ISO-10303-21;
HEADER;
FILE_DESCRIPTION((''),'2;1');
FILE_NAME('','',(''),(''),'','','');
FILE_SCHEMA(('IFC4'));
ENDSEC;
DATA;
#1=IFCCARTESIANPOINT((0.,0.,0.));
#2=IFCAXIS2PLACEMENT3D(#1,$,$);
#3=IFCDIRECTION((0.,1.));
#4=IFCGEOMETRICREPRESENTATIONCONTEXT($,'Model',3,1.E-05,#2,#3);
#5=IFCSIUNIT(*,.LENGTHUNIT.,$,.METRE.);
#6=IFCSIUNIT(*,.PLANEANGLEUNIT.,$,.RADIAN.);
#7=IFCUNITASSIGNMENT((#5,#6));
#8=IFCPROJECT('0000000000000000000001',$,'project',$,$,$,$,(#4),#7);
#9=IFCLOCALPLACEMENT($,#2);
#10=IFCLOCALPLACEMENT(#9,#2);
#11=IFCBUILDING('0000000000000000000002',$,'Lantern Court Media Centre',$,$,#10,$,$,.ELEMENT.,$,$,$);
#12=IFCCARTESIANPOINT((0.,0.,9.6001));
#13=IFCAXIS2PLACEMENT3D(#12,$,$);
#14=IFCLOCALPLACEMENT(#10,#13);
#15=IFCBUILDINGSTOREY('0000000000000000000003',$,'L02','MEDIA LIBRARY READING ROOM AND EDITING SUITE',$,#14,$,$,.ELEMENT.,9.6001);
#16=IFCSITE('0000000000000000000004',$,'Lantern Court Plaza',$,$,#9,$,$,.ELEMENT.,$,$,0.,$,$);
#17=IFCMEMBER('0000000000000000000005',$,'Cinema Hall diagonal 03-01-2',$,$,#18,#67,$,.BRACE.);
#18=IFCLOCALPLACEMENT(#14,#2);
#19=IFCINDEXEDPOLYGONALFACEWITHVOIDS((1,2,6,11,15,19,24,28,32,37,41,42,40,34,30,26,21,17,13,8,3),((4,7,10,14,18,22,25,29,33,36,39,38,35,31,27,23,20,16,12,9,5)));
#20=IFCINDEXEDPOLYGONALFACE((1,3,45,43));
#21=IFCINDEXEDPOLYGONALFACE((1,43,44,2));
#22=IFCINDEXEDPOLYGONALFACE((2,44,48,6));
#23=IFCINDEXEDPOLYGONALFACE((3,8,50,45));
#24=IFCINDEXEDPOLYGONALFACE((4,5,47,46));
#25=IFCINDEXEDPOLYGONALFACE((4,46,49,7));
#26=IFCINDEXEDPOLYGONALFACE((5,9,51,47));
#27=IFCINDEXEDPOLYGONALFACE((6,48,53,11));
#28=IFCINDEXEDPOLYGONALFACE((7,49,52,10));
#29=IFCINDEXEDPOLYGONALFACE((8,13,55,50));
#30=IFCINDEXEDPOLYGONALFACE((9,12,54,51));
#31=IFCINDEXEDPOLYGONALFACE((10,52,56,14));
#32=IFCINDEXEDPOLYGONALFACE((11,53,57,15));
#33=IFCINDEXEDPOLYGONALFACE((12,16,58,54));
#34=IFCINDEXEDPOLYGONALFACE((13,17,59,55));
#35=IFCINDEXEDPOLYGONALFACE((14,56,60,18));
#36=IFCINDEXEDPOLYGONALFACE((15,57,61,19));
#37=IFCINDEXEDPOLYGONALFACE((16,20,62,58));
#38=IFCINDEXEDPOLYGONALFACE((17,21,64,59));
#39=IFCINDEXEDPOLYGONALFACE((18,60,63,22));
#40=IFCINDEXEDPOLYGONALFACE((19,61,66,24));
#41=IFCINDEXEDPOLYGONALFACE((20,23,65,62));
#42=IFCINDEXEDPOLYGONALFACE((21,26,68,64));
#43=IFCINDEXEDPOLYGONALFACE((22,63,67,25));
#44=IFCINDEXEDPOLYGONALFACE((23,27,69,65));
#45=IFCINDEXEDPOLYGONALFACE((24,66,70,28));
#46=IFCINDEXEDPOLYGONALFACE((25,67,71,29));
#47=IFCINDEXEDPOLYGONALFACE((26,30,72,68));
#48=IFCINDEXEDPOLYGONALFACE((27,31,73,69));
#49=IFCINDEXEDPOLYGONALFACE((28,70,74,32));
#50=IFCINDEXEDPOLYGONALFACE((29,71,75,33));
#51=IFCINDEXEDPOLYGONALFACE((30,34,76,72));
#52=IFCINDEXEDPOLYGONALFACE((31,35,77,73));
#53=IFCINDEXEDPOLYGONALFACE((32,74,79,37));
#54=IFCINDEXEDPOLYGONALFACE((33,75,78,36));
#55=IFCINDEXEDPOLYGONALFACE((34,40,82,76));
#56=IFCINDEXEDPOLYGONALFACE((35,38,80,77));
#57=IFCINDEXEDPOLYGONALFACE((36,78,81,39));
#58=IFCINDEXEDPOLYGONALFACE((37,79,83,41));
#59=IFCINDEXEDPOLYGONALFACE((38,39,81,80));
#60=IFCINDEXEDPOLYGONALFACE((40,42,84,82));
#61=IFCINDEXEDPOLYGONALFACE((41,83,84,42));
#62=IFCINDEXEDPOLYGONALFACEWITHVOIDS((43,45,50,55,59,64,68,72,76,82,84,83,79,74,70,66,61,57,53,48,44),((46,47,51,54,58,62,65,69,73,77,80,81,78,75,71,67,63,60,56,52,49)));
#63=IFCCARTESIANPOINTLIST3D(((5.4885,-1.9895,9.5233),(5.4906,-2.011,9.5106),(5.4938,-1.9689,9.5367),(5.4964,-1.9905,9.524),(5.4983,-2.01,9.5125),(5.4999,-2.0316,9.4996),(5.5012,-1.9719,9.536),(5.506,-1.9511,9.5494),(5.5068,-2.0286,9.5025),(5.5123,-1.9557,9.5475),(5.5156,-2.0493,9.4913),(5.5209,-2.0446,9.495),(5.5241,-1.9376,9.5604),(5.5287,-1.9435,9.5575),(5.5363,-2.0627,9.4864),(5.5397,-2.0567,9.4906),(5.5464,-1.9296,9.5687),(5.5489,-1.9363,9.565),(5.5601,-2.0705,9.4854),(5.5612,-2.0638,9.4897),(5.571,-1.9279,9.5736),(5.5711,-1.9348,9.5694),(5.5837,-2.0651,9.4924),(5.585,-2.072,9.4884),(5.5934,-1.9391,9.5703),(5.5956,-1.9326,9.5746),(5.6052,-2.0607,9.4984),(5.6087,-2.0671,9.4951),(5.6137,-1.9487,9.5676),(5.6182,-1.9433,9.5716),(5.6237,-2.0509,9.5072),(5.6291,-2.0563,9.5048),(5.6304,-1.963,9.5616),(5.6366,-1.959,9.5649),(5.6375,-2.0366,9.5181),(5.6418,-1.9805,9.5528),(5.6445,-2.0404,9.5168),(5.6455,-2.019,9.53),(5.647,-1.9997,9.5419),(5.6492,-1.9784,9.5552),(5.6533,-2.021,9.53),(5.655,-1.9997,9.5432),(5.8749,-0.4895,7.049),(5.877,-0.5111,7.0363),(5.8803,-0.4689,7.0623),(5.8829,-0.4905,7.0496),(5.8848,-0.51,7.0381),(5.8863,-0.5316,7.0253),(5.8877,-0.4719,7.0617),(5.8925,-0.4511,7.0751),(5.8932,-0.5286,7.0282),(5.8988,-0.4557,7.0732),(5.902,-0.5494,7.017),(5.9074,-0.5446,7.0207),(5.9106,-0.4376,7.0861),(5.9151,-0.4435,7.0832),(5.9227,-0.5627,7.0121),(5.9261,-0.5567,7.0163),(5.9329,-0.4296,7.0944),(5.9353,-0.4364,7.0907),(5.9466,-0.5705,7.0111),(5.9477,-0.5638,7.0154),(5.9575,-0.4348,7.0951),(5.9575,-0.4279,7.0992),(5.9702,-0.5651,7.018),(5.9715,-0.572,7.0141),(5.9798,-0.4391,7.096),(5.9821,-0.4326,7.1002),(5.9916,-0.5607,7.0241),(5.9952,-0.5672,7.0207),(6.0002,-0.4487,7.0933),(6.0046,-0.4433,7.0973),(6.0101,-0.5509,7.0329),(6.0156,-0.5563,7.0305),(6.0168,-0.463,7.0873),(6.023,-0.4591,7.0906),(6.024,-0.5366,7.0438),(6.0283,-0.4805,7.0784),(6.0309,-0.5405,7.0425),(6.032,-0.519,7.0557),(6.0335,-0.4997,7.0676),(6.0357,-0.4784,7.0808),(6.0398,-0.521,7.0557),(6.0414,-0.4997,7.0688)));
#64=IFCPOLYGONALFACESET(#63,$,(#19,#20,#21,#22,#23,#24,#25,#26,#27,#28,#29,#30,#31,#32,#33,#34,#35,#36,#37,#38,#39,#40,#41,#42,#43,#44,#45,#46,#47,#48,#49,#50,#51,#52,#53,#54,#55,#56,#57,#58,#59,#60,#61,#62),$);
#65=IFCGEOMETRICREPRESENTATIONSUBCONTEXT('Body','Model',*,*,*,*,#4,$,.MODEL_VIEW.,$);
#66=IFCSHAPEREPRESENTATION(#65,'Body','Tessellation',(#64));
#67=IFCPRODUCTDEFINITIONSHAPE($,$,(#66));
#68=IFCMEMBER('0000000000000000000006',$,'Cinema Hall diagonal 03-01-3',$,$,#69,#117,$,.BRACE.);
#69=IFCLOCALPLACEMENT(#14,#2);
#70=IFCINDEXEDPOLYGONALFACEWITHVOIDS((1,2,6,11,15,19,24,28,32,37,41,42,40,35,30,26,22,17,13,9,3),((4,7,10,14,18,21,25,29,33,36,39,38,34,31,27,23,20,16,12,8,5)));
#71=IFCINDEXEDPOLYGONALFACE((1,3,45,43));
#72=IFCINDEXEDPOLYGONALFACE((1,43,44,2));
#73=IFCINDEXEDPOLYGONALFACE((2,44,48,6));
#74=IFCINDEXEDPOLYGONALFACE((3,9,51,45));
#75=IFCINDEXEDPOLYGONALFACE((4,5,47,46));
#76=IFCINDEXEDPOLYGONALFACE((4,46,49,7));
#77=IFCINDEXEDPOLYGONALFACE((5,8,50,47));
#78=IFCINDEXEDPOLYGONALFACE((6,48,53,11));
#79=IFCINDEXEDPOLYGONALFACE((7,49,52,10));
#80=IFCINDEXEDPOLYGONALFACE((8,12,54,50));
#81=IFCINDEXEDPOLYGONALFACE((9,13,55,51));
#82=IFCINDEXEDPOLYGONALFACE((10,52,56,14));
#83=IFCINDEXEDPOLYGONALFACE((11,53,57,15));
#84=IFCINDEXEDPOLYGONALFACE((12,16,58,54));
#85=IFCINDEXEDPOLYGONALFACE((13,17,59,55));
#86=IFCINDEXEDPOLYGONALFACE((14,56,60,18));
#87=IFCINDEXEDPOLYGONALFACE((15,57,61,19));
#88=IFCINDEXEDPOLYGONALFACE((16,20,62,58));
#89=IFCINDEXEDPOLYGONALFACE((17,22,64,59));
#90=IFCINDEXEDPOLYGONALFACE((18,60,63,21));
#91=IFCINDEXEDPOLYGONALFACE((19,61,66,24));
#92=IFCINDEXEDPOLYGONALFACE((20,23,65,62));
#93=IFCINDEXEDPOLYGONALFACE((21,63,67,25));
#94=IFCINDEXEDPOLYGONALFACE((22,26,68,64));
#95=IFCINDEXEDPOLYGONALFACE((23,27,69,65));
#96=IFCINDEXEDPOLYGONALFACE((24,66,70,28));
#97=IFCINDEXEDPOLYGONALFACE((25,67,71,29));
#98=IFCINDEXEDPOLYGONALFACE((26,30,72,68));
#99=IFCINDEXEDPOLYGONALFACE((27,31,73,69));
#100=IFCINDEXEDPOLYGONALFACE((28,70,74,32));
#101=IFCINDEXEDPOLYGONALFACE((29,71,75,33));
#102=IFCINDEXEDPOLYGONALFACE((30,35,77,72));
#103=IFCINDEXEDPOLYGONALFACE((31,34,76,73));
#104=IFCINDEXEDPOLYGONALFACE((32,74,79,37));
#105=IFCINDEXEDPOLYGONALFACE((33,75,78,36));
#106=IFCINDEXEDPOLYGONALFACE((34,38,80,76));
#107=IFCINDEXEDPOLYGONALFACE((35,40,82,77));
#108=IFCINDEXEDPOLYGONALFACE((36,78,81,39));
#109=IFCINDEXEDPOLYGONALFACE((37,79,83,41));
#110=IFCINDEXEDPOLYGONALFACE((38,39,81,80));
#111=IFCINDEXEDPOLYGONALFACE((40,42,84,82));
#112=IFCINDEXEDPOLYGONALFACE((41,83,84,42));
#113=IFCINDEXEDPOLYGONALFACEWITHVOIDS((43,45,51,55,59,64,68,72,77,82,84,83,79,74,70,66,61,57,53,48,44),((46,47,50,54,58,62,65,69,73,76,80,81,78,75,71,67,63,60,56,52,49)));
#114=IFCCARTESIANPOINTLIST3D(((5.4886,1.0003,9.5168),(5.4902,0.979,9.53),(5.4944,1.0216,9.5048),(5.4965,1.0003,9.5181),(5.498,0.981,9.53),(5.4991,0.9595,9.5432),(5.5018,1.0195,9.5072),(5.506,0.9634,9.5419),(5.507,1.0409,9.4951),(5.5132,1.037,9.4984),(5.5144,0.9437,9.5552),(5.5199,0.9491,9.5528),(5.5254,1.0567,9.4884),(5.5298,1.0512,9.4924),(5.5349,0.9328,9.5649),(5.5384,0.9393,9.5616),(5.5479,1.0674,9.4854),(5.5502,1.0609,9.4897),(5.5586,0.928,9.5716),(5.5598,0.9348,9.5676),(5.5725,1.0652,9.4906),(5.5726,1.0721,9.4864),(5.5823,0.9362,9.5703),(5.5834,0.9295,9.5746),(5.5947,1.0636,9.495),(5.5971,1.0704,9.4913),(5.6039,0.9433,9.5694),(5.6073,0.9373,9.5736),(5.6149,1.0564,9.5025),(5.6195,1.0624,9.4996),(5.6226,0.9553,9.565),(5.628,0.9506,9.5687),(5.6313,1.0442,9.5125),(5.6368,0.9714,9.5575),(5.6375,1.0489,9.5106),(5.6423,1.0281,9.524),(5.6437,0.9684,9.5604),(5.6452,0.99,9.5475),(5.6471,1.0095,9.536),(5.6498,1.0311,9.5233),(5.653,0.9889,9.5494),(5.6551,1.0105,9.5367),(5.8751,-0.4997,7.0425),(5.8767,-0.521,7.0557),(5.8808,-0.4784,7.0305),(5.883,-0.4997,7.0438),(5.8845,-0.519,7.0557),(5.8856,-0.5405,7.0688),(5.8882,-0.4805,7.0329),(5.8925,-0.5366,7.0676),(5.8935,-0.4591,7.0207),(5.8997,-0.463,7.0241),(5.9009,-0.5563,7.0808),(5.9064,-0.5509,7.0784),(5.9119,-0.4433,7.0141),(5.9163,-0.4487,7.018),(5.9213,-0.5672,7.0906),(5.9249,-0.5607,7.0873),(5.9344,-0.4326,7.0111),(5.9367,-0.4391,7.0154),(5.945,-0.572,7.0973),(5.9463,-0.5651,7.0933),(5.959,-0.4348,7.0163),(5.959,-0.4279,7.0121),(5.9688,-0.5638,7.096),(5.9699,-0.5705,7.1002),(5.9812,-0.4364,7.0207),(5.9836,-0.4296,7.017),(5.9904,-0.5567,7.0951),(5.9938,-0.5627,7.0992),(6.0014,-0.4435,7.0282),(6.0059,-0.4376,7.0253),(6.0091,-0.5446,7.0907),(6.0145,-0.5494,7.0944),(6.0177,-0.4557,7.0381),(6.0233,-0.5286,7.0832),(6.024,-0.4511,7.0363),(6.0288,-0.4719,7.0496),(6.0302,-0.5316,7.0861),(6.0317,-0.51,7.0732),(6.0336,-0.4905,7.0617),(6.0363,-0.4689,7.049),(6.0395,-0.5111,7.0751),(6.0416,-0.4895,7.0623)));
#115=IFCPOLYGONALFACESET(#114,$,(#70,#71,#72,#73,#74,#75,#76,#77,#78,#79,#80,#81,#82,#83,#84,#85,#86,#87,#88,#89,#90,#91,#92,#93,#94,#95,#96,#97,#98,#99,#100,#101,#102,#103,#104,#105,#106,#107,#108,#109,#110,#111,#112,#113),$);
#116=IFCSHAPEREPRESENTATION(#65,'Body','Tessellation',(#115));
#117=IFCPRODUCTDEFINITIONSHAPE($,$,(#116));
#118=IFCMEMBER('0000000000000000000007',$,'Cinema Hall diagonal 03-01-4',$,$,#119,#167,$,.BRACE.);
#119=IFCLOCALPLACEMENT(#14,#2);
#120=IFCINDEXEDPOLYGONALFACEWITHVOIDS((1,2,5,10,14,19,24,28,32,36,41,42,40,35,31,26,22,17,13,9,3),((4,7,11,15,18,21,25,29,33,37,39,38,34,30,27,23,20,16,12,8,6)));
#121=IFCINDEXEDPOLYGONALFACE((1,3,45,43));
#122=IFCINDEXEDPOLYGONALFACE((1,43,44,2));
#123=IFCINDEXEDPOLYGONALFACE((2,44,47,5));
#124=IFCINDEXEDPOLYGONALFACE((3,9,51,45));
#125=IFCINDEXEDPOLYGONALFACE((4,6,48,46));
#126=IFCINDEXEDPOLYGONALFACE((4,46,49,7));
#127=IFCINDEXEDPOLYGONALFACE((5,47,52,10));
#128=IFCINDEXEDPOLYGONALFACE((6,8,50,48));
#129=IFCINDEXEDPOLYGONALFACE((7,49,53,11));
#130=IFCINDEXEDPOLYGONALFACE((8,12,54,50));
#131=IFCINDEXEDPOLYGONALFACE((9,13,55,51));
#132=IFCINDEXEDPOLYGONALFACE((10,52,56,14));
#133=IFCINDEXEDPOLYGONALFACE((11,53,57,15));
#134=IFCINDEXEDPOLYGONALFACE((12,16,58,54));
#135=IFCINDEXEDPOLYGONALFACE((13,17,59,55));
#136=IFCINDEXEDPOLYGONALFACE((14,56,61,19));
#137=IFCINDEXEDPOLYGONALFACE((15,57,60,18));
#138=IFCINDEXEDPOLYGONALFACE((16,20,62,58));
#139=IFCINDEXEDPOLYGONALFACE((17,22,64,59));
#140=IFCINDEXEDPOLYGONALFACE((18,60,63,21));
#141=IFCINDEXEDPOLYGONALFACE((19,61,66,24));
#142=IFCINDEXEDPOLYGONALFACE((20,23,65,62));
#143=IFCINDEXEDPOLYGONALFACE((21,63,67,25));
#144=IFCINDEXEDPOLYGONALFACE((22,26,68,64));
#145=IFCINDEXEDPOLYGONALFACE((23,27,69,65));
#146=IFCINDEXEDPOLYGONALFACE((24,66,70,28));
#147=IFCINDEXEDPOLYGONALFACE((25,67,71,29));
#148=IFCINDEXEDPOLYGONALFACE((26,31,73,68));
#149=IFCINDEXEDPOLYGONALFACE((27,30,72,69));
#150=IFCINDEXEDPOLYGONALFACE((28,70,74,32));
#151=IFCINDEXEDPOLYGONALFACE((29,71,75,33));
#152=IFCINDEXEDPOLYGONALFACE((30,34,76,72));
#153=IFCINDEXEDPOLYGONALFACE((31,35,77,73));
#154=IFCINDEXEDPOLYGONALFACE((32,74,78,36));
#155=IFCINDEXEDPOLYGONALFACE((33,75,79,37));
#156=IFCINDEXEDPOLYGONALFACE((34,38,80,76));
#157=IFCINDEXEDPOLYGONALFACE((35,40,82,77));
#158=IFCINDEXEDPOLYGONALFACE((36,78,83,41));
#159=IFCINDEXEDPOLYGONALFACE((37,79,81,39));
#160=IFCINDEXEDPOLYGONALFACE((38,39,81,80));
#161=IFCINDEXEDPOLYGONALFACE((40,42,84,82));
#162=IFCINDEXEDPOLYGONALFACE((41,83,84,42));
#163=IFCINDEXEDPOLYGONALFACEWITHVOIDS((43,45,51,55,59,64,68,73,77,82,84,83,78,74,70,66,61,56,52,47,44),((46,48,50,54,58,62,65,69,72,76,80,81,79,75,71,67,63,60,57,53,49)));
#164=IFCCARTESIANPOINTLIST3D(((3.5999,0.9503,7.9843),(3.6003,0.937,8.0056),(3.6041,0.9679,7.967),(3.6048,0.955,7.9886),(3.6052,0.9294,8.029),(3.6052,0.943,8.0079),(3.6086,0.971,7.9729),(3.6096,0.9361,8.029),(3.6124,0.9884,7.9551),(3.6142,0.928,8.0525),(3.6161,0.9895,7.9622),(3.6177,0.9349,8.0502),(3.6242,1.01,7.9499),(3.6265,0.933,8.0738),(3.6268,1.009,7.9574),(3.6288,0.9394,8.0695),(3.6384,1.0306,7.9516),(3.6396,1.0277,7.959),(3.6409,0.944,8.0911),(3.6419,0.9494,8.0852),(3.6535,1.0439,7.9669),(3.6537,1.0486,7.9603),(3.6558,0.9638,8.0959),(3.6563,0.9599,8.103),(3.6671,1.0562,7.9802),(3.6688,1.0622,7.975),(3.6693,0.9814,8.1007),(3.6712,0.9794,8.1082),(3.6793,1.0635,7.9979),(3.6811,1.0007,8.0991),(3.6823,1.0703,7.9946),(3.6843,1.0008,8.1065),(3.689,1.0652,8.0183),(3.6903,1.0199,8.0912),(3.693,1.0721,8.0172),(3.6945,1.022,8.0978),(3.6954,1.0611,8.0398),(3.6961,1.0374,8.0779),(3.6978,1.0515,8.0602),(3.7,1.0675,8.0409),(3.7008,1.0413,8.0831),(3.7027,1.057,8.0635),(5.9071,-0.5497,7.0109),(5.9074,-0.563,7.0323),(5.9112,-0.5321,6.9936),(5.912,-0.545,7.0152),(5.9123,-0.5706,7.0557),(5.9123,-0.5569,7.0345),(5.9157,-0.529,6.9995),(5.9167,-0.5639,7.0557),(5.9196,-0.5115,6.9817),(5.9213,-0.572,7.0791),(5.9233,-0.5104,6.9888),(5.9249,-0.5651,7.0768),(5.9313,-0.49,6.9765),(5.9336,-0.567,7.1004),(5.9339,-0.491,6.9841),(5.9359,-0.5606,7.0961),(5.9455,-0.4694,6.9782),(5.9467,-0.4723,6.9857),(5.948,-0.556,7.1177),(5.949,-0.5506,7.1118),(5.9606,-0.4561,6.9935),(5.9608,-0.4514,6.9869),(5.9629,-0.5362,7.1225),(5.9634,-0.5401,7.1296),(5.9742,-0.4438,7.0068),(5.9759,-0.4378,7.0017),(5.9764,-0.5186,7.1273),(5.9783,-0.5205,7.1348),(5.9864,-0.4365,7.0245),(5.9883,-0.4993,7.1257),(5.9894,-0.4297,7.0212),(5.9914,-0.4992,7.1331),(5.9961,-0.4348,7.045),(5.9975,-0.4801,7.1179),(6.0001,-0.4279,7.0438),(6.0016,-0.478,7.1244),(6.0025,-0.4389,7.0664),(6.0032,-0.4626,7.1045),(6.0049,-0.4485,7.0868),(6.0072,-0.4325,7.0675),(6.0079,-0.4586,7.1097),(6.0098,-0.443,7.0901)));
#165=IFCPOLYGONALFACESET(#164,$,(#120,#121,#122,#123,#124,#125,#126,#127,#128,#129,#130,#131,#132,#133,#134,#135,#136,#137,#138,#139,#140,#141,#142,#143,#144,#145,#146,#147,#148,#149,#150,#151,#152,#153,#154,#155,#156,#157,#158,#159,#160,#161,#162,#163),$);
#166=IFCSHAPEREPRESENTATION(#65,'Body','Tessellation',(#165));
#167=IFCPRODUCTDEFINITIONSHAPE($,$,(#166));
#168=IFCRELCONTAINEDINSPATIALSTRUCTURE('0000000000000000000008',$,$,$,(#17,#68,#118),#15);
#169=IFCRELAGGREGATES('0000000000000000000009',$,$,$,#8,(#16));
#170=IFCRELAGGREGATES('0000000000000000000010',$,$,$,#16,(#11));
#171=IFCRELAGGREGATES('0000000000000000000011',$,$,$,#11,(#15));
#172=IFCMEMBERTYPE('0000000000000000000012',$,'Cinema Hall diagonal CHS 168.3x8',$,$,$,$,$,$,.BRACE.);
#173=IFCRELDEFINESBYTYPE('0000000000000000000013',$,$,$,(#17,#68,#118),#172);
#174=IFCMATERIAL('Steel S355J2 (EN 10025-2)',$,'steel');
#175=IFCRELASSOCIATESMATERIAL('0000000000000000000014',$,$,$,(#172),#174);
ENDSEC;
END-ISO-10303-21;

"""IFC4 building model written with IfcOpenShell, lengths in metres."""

from ifc_helpers import new_model, si_unit, direction, frame, origin, origin_2d, place, context, subcontext, project, spatial, hollow_circle, extrude, material, material_profile, profile_set, type_object, element, save


model = new_model("IFC4")

# Units and contexts
model_context = context("Model", 3, precision=1e-05, world=origin(), true_north=direction((0.0, 1.0)))
body_context = subcontext(model_context, "Body", "Model", "MODEL_VIEW")
ifc_project = project(units=[si_unit("LENGTHUNIT", "METRE"), si_unit("PLANEANGLEUNIT", "RADIAN")], contexts=[model_context])

# Site, building, storey
site_placement = place(None, origin())
site = spatial("IfcSite", under=ifc_project, at=site_placement, Name="Lantern Court Plaza", CompositionType="ELEMENT", RefElevation=0.0)
building_placement = place(site_placement, origin())
building = spatial("IfcBuilding", under=site, at=building_placement, Name="Lantern Court Media Centre", CompositionType="ELEMENT")
storey_placement = place(building_placement, frame((0.0, 0.0, 9.6001)))
storey = spatial("IfcBuildingStorey", under=building, at=storey_placement, Name="L02", Description="MEDIA LIBRARY READING ROOM AND EDITING SUITE", CompositionType="ELEMENT", Elevation=9.6001)

# Members
ifc_material = material(Name="Steel S355J2 (EN 10025-2)", Category="steel")
ifc_material_profile_1 = material_profile(ifc_material, hollow_circle(Radius=0.0842, WallThickness=0.0081, at=origin_2d()), Name="Cinema Hall diagonal CHS 168.3x8")
ifc_profile_set_1 = profile_set([ifc_material_profile_1], Name="Steel S355J2 (EN 10025-2)")
member_type_1 = type_object("IfcMemberType", Name="Cinema Hall diagonal CHS 168.3x8", PredefinedType="BRACE", material=ifc_profile_set_1)
for number, where, z_axis, x_axis, name in (
    (1, (5.9583, -0.5, 7.0557), (-0.13239, -0.513836, 0.847612), (0.968374, -0.249501, 0.0), "Cinema Hall diagonal 03-01-2"),
    (2, (5.9583, -0.5, 7.0557), (-0.13239, 0.513836, 0.847612), (-0.968374, -0.249501, 0.0), "Cinema Hall diagonal 03-01-3"),
):
    element("IfcMember", number, at=place(storey_placement, frame(where, z_axis=z_axis, x_axis=x_axis)), inside=storey, type_object=member_type_1, Name=name, PredefinedType="BRACE", context=body_context, shape_type="SweptSolid", body=[
        extrude(hollow_circle(Radius=0.0842, WallThickness=0.0081, at=origin_2d()), origin(), (0.0, 0.0, 1.0), 2.9192),
    ])
member_1_placement = place(storey_placement, frame((5.9583, -0.5, 7.0557), z_axis=(-0.790394, 0.513882, 0.333471), x_axis=(-0.545082, -0.838383, 0.0)))
element("IfcMember", 3, at=member_1_placement, inside=storey, type_object=member_type_1, Name="Cinema Hall diagonal 03-01-4", PredefinedType="BRACE", context=body_context, shape_type="SweptSolid", body=[
    extrude(hollow_circle(Radius=0.0842, WallThickness=0.0081, at=origin_2d()), origin(), (0.0, 0.0, 1.0), 2.9189),
])

save(model, "model.ifc")
